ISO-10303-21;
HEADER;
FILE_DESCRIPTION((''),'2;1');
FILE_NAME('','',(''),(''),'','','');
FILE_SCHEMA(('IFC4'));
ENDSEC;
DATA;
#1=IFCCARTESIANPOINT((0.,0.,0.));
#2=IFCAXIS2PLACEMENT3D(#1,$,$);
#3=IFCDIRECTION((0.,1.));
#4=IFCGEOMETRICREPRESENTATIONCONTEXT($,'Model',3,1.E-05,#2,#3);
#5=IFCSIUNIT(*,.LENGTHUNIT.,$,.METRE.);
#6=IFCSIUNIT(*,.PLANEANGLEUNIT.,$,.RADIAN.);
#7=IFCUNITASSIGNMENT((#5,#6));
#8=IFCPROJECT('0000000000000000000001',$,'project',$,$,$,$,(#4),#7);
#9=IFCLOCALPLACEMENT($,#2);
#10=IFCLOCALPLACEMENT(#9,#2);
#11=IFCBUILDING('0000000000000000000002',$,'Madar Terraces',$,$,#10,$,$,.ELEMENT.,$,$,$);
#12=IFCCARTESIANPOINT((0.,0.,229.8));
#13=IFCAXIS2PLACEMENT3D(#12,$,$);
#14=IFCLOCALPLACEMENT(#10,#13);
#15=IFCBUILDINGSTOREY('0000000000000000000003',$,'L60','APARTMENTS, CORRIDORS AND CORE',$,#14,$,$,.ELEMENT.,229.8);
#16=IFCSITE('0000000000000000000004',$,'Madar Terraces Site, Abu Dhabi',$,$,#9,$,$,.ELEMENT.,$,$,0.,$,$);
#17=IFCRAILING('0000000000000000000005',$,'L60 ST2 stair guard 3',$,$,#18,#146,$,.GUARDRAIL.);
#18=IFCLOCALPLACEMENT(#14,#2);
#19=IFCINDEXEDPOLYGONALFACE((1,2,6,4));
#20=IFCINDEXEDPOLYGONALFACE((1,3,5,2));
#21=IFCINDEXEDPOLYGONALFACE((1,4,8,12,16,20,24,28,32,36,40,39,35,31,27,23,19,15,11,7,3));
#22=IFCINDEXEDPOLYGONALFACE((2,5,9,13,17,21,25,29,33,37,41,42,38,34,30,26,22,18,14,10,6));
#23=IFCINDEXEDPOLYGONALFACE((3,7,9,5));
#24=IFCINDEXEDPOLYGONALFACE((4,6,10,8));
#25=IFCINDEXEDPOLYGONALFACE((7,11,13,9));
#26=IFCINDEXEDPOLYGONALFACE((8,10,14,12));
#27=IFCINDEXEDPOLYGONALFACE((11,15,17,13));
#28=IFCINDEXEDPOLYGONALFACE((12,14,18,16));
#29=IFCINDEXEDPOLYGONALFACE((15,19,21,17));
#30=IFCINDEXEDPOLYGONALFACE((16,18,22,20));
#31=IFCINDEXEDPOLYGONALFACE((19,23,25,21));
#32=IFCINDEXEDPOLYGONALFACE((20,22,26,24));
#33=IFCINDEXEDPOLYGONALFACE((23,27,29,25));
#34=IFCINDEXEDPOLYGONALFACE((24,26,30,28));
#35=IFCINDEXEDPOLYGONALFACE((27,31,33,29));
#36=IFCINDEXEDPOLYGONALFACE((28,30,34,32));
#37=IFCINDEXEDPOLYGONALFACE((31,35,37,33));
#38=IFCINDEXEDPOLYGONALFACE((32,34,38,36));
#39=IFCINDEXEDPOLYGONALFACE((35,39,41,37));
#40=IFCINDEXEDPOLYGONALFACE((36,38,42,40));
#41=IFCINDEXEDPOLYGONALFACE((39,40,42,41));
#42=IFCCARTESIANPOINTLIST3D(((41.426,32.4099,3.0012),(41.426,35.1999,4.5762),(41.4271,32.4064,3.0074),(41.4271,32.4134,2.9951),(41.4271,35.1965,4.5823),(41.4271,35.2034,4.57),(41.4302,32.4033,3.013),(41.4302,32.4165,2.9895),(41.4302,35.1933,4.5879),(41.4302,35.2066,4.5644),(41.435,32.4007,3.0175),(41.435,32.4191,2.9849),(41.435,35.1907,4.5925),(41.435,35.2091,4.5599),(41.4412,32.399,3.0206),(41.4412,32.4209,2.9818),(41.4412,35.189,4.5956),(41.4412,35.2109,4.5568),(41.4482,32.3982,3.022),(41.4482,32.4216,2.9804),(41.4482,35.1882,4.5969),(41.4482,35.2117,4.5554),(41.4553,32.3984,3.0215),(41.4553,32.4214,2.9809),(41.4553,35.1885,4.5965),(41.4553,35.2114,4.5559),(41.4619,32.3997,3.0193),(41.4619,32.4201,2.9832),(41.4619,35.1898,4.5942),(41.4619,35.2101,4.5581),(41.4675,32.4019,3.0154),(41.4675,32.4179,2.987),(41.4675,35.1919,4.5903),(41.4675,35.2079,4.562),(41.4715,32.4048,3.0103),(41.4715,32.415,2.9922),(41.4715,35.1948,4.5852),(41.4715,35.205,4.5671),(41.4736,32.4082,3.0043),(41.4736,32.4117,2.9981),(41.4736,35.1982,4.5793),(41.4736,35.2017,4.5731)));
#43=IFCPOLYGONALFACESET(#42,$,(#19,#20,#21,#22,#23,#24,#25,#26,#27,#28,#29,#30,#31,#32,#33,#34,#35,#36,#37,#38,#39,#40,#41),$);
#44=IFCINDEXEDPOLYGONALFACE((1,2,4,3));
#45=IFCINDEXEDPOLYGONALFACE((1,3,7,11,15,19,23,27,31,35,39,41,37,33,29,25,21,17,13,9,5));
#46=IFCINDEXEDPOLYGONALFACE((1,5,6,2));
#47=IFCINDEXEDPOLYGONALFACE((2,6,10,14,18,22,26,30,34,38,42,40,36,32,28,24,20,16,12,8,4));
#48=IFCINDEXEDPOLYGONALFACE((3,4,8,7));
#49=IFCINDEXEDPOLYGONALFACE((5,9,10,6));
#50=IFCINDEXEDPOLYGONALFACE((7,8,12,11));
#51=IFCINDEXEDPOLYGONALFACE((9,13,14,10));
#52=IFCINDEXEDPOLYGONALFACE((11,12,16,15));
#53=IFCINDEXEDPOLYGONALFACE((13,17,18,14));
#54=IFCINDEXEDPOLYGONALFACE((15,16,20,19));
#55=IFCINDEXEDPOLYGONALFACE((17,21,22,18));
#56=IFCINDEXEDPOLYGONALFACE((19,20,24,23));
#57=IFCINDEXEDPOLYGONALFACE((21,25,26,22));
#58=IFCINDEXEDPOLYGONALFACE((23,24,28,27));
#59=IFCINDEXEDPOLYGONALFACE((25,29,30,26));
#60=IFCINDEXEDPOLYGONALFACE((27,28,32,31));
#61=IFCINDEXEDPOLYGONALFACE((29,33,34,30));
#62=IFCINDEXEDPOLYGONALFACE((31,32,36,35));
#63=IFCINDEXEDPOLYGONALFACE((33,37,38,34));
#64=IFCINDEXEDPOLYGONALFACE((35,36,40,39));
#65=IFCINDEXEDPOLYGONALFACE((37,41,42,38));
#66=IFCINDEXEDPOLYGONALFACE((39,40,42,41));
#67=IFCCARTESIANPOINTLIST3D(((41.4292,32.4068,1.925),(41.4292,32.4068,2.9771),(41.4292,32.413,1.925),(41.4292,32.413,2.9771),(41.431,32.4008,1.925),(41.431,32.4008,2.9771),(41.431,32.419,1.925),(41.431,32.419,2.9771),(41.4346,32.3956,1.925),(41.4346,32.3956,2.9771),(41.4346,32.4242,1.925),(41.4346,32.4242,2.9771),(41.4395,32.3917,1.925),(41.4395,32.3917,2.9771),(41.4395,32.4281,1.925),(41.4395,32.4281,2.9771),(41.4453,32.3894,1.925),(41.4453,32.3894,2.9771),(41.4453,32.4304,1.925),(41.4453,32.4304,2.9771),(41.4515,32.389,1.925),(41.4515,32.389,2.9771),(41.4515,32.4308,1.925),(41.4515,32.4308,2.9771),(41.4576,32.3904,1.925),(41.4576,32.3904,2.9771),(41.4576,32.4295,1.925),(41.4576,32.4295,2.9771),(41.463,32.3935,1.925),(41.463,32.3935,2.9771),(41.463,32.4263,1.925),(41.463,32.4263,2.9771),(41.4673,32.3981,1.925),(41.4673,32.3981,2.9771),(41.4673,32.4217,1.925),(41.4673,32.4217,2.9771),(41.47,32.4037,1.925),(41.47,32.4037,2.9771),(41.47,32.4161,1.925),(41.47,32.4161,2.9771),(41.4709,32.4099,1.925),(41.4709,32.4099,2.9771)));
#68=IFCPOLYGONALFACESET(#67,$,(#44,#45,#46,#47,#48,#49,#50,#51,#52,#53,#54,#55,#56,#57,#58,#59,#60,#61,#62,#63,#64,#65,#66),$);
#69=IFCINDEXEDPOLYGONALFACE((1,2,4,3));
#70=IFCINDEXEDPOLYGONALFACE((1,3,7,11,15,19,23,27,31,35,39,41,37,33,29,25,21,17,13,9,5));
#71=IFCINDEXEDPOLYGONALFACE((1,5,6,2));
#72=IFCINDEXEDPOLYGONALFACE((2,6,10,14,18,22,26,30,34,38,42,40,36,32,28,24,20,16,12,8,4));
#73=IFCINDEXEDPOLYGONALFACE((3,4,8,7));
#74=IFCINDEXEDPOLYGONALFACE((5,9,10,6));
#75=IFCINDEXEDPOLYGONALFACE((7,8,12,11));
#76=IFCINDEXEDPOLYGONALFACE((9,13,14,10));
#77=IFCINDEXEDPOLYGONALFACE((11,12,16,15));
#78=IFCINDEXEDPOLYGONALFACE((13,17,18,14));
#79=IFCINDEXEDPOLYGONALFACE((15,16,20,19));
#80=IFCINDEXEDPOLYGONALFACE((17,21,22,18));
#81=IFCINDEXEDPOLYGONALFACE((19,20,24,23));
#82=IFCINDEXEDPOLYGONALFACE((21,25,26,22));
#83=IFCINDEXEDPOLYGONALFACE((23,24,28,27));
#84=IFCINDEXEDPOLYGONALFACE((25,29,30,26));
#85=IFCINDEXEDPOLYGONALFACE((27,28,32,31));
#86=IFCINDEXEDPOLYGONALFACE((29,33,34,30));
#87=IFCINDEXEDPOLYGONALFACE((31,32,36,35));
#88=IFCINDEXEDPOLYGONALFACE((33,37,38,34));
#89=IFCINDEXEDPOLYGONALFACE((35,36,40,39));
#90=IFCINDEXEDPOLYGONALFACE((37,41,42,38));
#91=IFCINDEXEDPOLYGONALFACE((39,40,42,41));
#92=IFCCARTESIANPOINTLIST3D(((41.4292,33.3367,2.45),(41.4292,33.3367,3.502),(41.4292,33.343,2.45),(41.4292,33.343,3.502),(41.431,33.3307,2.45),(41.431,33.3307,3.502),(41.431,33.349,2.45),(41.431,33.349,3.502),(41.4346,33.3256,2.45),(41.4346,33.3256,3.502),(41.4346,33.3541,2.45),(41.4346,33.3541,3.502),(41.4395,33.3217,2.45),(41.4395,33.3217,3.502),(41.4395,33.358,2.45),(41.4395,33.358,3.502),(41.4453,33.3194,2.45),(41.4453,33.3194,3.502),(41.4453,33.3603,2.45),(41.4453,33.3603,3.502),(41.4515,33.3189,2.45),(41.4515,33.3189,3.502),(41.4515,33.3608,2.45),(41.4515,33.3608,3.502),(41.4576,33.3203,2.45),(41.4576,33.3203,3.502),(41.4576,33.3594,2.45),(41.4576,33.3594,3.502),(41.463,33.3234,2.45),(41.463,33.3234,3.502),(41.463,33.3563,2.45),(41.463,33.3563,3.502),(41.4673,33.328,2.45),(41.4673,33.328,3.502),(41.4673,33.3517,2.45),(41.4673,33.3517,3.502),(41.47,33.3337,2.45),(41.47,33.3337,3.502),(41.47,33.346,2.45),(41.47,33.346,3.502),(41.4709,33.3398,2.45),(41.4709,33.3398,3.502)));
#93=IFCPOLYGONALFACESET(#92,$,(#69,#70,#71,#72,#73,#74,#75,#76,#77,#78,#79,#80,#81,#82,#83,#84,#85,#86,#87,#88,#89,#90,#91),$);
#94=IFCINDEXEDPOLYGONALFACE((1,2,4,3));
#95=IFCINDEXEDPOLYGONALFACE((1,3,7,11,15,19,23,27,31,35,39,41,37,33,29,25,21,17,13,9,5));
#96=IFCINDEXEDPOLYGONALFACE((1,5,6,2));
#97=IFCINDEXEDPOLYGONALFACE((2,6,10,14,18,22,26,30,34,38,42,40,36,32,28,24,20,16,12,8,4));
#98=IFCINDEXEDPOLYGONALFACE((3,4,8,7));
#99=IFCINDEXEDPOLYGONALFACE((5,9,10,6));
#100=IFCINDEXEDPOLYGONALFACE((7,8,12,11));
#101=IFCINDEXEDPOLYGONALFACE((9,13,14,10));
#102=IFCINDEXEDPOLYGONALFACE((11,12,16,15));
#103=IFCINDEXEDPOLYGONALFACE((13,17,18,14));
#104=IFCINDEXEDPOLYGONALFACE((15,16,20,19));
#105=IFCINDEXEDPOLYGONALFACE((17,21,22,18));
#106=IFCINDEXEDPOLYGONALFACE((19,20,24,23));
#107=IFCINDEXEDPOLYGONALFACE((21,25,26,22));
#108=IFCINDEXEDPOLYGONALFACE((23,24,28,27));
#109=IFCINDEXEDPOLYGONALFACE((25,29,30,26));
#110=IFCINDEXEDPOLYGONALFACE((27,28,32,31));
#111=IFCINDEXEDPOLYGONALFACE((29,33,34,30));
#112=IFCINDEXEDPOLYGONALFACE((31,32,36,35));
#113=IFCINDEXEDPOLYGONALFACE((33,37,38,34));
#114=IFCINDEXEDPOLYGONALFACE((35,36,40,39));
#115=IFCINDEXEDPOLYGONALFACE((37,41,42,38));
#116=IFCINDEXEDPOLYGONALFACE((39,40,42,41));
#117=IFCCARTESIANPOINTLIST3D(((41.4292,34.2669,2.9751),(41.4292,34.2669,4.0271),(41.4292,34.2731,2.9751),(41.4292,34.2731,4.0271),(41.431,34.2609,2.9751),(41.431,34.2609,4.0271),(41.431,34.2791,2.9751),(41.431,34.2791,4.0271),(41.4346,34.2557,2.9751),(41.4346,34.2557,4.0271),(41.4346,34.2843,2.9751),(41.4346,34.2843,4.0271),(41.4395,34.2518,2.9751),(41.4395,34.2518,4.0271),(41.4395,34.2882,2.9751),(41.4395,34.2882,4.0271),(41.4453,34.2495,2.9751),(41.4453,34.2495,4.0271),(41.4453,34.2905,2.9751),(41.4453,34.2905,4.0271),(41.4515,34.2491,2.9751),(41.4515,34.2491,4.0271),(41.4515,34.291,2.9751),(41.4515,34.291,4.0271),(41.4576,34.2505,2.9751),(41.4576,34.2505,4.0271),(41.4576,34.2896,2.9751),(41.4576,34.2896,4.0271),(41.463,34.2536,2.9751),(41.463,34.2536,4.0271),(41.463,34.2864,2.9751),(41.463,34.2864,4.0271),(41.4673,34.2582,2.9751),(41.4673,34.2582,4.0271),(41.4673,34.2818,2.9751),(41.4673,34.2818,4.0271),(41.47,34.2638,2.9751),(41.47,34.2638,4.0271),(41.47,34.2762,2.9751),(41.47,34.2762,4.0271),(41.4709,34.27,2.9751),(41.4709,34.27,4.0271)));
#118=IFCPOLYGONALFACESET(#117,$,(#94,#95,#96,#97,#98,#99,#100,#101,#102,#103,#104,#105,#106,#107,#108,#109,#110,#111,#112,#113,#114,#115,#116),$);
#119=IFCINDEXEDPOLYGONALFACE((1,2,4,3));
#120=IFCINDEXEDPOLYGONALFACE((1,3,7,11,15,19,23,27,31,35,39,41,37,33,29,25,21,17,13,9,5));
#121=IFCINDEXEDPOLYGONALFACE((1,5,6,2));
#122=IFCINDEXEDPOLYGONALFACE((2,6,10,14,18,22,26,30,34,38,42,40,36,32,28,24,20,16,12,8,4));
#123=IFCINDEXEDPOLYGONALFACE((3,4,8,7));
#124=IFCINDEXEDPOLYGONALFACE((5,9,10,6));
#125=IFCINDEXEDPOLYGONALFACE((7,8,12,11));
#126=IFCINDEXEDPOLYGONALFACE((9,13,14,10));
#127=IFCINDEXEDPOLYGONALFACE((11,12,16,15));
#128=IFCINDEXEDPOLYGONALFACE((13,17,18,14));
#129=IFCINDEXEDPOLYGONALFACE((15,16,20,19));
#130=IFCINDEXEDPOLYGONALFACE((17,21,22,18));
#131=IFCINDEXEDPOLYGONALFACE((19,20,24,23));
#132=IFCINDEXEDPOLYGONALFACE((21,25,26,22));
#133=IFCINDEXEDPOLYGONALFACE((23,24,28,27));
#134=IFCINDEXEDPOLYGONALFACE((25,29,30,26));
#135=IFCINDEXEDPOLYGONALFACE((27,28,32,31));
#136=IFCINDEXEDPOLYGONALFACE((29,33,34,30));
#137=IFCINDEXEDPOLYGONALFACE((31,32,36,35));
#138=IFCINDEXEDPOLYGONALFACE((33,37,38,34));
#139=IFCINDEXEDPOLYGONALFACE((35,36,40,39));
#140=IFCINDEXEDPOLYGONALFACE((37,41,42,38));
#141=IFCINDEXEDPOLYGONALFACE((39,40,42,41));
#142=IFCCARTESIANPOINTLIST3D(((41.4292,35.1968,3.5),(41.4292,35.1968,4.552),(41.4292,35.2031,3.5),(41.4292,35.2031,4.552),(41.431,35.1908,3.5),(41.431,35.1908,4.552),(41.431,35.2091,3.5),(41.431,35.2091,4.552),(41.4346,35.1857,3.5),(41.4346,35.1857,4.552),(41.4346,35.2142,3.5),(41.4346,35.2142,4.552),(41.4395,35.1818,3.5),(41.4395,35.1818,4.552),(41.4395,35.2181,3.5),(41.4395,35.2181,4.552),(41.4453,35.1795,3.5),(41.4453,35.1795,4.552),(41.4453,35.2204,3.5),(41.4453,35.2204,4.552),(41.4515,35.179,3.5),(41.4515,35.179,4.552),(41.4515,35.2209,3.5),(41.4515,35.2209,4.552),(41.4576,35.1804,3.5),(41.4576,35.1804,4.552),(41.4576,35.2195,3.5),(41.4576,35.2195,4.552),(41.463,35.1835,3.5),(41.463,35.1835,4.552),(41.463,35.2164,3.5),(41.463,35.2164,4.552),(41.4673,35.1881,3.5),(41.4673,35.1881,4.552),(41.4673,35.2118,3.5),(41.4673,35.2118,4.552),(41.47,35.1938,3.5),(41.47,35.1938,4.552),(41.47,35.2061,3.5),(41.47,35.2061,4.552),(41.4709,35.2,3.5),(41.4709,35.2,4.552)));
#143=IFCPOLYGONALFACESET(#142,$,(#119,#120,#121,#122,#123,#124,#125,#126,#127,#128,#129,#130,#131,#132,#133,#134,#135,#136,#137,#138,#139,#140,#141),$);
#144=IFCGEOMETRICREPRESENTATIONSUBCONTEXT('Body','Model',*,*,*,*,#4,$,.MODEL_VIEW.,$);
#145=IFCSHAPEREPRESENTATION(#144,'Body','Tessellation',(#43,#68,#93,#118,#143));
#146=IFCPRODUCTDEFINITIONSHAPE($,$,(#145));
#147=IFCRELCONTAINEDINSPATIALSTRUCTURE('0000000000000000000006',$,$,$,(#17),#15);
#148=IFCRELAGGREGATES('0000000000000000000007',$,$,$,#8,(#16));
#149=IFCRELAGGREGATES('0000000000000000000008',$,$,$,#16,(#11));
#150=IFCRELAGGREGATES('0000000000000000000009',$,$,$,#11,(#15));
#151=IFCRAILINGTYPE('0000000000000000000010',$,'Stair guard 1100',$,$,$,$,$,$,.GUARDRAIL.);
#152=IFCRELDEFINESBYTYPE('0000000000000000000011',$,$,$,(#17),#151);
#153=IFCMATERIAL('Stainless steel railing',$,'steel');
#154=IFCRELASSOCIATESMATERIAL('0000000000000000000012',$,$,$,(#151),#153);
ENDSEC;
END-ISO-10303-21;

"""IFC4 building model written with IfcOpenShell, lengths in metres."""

from ifc_helpers import new_model, si_unit, direction, frame, origin, origin_2d, place, context, subcontext, project, spatial, circle, extrude, material, type_object, element, save


model = new_model("IFC4")

# Units and contexts
model_context = context("Model", 3, precision=1e-05, world=origin(), true_north=direction((0.0, 1.0)))
body_context = subcontext(model_context, "Body", "Model", "MODEL_VIEW")
ifc_project = project(units=[si_unit("LENGTHUNIT", "METRE"), si_unit("PLANEANGLEUNIT", "RADIAN")], contexts=[model_context])

# Site, building, storey
site_placement = place(None, origin())
site = spatial("IfcSite", under=ifc_project, at=site_placement, Name="Madar Terraces Site, Abu Dhabi", CompositionType="ELEMENT", RefElevation=0.0)
building_placement = place(site_placement, origin())
building = spatial("IfcBuilding", under=site, at=building_placement, Name="Madar Terraces", CompositionType="ELEMENT")
storey_placement = place(building_placement, frame((0.0, 0.0, 229.8)))
storey = spatial("IfcBuildingStorey", under=building, at=storey_placement, Name="L60", Description="APARTMENTS, CORRIDORS AND CORE", CompositionType="ELEMENT", Elevation=229.8)

# Railing
ifc_material_1 = material(Name="Stainless steel railing", Category="steel")
railing_type_1 = type_object("IfcRailingType", Name="Stair guard 1100", PredefinedType="GUARDRAIL", material=ifc_material_1)
railing_1_placement = place(storey_placement, frame((41.45, 32.4099, 1.925)))
element("IfcRailing", 1, at=railing_1_placement, inside=storey, type_object=railing_type_1, Name="L60 ST2 stair guard 3", PredefinedType="GUARDRAIL", context=body_context, shape_type="SweptSolid", body=[
    extrude(circle(Radius=0.0239, at=origin_2d()), frame((0.0, 0.0, 1.0762), z_axis=(0.0, 0.870834, 0.491578), x_axis=(-1.0, 0.0, 0.0)), (0.0, 0.0, 1.0), 3.2039),
    extrude(circle(Radius=0.021, at=origin_2d()), origin(), (0.0, 0.0, 1.0), 1.052),
    extrude(circle(Radius=0.021, at=origin_2d()), frame((0.0, 0.9299, 0.5249)), (0.0, 0.0, 1.0), 1.052),
    extrude(circle(Radius=0.021, at=origin_2d()), frame((0.0, 1.8601, 1.05)), (0.0, 0.0, 1.0), 1.052),
    extrude(circle(Radius=0.021, at=origin_2d()), frame((0.0, 2.79, 1.575)), (0.0, 0.0, 1.0), 1.052),
])

save(model, "model.ifc")
